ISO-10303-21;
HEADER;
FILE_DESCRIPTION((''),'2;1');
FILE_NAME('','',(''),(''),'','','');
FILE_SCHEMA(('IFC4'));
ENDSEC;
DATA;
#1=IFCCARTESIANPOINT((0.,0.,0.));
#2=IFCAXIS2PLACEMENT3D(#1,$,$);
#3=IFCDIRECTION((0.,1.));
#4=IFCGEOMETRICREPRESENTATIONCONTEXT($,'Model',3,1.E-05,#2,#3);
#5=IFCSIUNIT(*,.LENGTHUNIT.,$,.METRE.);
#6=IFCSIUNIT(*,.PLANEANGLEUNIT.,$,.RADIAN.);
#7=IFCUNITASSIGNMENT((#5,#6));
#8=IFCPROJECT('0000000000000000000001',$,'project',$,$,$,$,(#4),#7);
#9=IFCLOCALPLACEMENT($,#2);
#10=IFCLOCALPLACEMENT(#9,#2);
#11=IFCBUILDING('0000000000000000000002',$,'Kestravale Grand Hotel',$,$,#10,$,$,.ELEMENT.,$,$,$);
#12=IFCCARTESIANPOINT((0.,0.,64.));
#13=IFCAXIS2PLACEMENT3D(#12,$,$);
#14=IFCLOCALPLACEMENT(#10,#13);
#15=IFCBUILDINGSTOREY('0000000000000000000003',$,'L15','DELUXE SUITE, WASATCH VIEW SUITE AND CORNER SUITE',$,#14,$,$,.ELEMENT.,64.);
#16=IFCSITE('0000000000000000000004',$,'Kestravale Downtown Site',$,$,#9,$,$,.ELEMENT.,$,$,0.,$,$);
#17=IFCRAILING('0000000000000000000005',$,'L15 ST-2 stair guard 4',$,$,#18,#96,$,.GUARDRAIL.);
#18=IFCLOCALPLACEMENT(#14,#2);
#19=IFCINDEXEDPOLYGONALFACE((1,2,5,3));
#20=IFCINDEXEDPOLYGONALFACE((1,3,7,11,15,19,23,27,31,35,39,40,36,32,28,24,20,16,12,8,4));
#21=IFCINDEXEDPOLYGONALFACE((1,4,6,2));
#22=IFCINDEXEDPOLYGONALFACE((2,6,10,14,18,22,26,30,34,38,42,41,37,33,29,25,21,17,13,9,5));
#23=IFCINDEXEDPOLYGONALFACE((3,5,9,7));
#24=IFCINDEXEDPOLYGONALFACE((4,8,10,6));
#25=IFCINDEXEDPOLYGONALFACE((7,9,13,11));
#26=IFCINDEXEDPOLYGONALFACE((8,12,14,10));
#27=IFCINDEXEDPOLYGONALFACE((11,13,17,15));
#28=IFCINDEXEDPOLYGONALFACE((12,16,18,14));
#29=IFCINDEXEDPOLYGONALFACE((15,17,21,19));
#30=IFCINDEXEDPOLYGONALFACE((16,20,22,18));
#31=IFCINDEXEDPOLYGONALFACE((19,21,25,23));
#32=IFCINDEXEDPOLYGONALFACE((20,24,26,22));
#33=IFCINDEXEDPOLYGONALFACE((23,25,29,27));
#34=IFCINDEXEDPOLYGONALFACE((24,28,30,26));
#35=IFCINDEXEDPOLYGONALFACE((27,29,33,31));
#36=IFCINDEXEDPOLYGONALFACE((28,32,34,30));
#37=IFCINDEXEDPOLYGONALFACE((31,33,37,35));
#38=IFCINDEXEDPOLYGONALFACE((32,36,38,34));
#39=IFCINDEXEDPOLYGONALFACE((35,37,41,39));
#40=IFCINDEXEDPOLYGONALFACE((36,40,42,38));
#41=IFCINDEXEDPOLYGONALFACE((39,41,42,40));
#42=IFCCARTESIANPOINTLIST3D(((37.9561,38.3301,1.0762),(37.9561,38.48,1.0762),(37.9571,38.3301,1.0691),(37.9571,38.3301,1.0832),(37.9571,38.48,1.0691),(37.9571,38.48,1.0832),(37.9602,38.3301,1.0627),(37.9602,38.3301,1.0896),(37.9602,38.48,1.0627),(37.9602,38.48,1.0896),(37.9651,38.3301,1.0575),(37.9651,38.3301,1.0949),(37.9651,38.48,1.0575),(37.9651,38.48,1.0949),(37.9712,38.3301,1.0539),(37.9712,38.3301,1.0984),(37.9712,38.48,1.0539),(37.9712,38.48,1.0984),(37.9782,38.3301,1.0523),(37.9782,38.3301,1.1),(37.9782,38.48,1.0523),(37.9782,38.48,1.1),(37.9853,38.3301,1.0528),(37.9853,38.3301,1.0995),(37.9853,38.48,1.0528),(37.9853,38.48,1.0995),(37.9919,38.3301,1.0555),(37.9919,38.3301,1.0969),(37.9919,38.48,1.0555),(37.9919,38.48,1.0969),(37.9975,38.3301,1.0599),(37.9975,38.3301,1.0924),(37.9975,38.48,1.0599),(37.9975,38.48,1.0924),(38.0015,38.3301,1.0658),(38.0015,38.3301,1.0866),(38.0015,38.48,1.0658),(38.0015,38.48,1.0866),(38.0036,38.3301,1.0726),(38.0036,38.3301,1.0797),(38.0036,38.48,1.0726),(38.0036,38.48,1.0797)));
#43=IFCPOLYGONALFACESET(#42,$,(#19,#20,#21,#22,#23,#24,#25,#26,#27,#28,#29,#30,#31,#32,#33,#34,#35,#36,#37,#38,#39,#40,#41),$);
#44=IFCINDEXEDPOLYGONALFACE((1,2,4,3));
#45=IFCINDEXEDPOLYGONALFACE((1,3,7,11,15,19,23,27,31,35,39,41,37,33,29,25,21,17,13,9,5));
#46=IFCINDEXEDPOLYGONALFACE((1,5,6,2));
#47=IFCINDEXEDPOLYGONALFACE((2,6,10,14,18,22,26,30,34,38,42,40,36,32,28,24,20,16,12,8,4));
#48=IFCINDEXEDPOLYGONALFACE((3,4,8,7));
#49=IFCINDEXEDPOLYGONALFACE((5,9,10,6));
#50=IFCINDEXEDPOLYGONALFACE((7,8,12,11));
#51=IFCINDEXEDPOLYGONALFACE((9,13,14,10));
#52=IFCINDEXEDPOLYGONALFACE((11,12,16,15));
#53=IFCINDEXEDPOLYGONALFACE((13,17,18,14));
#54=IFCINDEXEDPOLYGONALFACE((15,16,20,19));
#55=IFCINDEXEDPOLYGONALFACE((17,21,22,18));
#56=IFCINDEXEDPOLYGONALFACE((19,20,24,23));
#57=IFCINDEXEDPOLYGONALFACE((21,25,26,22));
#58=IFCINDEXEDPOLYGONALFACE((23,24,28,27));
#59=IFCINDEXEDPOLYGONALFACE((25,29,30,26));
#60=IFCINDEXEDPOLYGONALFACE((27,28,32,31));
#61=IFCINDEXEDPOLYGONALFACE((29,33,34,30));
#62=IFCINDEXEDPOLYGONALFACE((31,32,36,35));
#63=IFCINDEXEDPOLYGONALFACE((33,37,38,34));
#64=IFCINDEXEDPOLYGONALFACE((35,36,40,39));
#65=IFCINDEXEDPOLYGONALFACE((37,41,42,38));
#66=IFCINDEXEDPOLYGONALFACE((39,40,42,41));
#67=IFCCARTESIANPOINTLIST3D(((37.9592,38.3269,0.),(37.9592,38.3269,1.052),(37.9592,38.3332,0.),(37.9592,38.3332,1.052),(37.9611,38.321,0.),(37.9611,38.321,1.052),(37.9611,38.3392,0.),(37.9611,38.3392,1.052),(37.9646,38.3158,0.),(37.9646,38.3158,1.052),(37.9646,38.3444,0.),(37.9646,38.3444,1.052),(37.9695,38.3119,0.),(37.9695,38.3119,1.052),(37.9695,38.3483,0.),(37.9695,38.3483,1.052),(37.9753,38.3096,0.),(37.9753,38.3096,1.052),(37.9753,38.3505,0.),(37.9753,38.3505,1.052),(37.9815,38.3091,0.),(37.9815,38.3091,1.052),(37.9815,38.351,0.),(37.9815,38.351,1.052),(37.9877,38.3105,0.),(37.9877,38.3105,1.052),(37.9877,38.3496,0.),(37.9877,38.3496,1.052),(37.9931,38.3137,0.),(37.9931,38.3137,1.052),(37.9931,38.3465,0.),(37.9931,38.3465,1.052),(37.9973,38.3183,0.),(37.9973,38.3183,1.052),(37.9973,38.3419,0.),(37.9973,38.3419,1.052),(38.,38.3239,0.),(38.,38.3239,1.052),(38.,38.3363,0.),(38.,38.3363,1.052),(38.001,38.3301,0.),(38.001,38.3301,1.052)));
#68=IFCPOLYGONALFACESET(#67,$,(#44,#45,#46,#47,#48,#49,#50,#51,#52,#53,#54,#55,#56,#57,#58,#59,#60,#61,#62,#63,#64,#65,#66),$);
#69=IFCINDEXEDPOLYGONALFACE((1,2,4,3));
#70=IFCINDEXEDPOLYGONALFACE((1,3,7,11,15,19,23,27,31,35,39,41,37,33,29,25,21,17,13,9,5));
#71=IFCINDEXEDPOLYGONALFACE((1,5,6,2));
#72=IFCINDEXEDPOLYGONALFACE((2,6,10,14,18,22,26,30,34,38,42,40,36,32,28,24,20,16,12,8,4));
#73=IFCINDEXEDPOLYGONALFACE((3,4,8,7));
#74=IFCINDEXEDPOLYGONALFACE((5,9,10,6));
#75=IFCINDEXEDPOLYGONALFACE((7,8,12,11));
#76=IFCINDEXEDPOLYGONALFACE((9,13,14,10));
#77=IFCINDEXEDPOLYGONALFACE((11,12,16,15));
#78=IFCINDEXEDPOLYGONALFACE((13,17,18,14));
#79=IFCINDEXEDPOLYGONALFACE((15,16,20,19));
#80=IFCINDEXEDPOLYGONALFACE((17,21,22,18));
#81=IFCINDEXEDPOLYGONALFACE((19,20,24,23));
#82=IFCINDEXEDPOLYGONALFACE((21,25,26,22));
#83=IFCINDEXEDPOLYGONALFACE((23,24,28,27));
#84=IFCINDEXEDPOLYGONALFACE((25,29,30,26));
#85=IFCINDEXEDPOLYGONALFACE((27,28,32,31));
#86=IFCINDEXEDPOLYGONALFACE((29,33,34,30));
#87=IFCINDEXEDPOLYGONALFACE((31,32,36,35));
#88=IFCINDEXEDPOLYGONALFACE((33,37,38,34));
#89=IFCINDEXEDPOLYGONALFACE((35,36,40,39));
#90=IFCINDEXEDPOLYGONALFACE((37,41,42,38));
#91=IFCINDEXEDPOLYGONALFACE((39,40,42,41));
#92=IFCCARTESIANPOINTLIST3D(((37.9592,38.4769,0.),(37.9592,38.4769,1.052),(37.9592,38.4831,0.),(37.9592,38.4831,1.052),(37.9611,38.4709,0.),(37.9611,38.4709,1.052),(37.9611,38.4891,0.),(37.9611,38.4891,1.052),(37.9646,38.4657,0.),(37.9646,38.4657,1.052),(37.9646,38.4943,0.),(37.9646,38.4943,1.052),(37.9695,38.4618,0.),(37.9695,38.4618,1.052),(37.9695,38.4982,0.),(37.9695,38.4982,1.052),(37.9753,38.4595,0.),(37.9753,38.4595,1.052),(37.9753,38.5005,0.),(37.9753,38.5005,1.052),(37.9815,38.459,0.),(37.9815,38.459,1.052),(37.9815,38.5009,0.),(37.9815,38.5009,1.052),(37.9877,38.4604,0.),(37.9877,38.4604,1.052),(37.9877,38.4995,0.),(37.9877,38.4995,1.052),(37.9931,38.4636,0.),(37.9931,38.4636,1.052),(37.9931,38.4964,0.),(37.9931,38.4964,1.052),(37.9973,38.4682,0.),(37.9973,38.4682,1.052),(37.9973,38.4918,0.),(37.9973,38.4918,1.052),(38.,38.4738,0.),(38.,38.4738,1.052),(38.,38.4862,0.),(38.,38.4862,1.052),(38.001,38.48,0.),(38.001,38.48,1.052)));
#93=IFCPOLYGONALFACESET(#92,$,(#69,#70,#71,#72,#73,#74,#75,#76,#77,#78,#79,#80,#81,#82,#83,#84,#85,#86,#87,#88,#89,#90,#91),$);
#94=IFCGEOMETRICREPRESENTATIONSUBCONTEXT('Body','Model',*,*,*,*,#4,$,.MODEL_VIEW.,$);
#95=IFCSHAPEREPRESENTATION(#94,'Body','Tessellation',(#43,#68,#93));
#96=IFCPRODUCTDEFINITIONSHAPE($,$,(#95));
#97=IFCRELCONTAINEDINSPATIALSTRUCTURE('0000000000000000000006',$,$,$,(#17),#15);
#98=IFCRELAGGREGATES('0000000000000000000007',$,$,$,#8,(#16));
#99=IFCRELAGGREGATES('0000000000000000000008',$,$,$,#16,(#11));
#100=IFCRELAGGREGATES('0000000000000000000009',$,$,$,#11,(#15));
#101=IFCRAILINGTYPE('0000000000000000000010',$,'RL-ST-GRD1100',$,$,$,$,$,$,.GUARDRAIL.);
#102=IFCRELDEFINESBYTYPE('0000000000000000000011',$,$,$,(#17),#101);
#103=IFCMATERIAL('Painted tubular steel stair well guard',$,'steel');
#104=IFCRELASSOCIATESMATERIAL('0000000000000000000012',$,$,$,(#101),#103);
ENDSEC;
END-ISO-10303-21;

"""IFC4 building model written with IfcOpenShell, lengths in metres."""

from ifc_helpers import new_model, si_unit, direction, frame, origin, origin_2d, place, context, subcontext, project, spatial, circle, extrude, material, type_object, element, save


model = new_model("IFC4")

# Units and contexts
model_context = context("Model", 3, precision=1e-05, world=origin(), true_north=direction((0.0, 1.0)))
body_context = subcontext(model_context, "Body", "Model", "MODEL_VIEW")
ifc_project = project(units=[si_unit("LENGTHUNIT", "METRE"), si_unit("PLANEANGLEUNIT", "RADIAN")], contexts=[model_context])

# Site, building, storey
site_placement = place(None, origin())
site = spatial("IfcSite", under=ifc_project, at=site_placement, Name="Kestravale Downtown Site", CompositionType="ELEMENT", RefElevation=0.0)
building_placement = place(site_placement, origin())
building = spatial("IfcBuilding", under=site, at=building_placement, Name="Kestravale Grand Hotel", CompositionType="ELEMENT")
storey_placement = place(building_placement, frame((0.0, 0.0, 64.0)))
storey = spatial("IfcBuildingStorey", under=building, at=storey_placement, Name="L15", Description="DELUXE SUITE, WASATCH VIEW SUITE AND CORNER SUITE", CompositionType="ELEMENT", Elevation=64.0)

# Railing
ifc_material_1 = material(Name="Painted tubular steel stair well guard", Category="steel")
railing_type_1 = type_object("IfcRailingType", Name="RL-ST-GRD1100", PredefinedType="GUARDRAIL", material=ifc_material_1)
railing_1_placement = place(storey_placement, frame((37.98, 38.3301, 0.0)))
element("IfcRailing", 1, at=railing_1_placement, inside=storey, type_object=railing_type_1, Name="L15 ST-2 stair guard 4", PredefinedType="GUARDRAIL", context=body_context, shape_type="SweptSolid", body=[
    extrude(circle(Radius=0.0239, at=origin_2d()), frame((0.0, 0.0, 1.0762), z_axis=(0.0, 1.0, 0.0), x_axis=(-1.0, 0.0, 0.0)), (0.0, 0.0, 1.0), 0.1499),
    extrude(circle(Radius=0.021, at=origin_2d()), origin(), (0.0, 0.0, 1.0), 1.052),
    extrude(circle(Radius=0.021, at=origin_2d()), frame((0.0, 0.1499, 0.0)), (0.0, 0.0, 1.0), 1.052),
])

save(model, "model.ifc")
